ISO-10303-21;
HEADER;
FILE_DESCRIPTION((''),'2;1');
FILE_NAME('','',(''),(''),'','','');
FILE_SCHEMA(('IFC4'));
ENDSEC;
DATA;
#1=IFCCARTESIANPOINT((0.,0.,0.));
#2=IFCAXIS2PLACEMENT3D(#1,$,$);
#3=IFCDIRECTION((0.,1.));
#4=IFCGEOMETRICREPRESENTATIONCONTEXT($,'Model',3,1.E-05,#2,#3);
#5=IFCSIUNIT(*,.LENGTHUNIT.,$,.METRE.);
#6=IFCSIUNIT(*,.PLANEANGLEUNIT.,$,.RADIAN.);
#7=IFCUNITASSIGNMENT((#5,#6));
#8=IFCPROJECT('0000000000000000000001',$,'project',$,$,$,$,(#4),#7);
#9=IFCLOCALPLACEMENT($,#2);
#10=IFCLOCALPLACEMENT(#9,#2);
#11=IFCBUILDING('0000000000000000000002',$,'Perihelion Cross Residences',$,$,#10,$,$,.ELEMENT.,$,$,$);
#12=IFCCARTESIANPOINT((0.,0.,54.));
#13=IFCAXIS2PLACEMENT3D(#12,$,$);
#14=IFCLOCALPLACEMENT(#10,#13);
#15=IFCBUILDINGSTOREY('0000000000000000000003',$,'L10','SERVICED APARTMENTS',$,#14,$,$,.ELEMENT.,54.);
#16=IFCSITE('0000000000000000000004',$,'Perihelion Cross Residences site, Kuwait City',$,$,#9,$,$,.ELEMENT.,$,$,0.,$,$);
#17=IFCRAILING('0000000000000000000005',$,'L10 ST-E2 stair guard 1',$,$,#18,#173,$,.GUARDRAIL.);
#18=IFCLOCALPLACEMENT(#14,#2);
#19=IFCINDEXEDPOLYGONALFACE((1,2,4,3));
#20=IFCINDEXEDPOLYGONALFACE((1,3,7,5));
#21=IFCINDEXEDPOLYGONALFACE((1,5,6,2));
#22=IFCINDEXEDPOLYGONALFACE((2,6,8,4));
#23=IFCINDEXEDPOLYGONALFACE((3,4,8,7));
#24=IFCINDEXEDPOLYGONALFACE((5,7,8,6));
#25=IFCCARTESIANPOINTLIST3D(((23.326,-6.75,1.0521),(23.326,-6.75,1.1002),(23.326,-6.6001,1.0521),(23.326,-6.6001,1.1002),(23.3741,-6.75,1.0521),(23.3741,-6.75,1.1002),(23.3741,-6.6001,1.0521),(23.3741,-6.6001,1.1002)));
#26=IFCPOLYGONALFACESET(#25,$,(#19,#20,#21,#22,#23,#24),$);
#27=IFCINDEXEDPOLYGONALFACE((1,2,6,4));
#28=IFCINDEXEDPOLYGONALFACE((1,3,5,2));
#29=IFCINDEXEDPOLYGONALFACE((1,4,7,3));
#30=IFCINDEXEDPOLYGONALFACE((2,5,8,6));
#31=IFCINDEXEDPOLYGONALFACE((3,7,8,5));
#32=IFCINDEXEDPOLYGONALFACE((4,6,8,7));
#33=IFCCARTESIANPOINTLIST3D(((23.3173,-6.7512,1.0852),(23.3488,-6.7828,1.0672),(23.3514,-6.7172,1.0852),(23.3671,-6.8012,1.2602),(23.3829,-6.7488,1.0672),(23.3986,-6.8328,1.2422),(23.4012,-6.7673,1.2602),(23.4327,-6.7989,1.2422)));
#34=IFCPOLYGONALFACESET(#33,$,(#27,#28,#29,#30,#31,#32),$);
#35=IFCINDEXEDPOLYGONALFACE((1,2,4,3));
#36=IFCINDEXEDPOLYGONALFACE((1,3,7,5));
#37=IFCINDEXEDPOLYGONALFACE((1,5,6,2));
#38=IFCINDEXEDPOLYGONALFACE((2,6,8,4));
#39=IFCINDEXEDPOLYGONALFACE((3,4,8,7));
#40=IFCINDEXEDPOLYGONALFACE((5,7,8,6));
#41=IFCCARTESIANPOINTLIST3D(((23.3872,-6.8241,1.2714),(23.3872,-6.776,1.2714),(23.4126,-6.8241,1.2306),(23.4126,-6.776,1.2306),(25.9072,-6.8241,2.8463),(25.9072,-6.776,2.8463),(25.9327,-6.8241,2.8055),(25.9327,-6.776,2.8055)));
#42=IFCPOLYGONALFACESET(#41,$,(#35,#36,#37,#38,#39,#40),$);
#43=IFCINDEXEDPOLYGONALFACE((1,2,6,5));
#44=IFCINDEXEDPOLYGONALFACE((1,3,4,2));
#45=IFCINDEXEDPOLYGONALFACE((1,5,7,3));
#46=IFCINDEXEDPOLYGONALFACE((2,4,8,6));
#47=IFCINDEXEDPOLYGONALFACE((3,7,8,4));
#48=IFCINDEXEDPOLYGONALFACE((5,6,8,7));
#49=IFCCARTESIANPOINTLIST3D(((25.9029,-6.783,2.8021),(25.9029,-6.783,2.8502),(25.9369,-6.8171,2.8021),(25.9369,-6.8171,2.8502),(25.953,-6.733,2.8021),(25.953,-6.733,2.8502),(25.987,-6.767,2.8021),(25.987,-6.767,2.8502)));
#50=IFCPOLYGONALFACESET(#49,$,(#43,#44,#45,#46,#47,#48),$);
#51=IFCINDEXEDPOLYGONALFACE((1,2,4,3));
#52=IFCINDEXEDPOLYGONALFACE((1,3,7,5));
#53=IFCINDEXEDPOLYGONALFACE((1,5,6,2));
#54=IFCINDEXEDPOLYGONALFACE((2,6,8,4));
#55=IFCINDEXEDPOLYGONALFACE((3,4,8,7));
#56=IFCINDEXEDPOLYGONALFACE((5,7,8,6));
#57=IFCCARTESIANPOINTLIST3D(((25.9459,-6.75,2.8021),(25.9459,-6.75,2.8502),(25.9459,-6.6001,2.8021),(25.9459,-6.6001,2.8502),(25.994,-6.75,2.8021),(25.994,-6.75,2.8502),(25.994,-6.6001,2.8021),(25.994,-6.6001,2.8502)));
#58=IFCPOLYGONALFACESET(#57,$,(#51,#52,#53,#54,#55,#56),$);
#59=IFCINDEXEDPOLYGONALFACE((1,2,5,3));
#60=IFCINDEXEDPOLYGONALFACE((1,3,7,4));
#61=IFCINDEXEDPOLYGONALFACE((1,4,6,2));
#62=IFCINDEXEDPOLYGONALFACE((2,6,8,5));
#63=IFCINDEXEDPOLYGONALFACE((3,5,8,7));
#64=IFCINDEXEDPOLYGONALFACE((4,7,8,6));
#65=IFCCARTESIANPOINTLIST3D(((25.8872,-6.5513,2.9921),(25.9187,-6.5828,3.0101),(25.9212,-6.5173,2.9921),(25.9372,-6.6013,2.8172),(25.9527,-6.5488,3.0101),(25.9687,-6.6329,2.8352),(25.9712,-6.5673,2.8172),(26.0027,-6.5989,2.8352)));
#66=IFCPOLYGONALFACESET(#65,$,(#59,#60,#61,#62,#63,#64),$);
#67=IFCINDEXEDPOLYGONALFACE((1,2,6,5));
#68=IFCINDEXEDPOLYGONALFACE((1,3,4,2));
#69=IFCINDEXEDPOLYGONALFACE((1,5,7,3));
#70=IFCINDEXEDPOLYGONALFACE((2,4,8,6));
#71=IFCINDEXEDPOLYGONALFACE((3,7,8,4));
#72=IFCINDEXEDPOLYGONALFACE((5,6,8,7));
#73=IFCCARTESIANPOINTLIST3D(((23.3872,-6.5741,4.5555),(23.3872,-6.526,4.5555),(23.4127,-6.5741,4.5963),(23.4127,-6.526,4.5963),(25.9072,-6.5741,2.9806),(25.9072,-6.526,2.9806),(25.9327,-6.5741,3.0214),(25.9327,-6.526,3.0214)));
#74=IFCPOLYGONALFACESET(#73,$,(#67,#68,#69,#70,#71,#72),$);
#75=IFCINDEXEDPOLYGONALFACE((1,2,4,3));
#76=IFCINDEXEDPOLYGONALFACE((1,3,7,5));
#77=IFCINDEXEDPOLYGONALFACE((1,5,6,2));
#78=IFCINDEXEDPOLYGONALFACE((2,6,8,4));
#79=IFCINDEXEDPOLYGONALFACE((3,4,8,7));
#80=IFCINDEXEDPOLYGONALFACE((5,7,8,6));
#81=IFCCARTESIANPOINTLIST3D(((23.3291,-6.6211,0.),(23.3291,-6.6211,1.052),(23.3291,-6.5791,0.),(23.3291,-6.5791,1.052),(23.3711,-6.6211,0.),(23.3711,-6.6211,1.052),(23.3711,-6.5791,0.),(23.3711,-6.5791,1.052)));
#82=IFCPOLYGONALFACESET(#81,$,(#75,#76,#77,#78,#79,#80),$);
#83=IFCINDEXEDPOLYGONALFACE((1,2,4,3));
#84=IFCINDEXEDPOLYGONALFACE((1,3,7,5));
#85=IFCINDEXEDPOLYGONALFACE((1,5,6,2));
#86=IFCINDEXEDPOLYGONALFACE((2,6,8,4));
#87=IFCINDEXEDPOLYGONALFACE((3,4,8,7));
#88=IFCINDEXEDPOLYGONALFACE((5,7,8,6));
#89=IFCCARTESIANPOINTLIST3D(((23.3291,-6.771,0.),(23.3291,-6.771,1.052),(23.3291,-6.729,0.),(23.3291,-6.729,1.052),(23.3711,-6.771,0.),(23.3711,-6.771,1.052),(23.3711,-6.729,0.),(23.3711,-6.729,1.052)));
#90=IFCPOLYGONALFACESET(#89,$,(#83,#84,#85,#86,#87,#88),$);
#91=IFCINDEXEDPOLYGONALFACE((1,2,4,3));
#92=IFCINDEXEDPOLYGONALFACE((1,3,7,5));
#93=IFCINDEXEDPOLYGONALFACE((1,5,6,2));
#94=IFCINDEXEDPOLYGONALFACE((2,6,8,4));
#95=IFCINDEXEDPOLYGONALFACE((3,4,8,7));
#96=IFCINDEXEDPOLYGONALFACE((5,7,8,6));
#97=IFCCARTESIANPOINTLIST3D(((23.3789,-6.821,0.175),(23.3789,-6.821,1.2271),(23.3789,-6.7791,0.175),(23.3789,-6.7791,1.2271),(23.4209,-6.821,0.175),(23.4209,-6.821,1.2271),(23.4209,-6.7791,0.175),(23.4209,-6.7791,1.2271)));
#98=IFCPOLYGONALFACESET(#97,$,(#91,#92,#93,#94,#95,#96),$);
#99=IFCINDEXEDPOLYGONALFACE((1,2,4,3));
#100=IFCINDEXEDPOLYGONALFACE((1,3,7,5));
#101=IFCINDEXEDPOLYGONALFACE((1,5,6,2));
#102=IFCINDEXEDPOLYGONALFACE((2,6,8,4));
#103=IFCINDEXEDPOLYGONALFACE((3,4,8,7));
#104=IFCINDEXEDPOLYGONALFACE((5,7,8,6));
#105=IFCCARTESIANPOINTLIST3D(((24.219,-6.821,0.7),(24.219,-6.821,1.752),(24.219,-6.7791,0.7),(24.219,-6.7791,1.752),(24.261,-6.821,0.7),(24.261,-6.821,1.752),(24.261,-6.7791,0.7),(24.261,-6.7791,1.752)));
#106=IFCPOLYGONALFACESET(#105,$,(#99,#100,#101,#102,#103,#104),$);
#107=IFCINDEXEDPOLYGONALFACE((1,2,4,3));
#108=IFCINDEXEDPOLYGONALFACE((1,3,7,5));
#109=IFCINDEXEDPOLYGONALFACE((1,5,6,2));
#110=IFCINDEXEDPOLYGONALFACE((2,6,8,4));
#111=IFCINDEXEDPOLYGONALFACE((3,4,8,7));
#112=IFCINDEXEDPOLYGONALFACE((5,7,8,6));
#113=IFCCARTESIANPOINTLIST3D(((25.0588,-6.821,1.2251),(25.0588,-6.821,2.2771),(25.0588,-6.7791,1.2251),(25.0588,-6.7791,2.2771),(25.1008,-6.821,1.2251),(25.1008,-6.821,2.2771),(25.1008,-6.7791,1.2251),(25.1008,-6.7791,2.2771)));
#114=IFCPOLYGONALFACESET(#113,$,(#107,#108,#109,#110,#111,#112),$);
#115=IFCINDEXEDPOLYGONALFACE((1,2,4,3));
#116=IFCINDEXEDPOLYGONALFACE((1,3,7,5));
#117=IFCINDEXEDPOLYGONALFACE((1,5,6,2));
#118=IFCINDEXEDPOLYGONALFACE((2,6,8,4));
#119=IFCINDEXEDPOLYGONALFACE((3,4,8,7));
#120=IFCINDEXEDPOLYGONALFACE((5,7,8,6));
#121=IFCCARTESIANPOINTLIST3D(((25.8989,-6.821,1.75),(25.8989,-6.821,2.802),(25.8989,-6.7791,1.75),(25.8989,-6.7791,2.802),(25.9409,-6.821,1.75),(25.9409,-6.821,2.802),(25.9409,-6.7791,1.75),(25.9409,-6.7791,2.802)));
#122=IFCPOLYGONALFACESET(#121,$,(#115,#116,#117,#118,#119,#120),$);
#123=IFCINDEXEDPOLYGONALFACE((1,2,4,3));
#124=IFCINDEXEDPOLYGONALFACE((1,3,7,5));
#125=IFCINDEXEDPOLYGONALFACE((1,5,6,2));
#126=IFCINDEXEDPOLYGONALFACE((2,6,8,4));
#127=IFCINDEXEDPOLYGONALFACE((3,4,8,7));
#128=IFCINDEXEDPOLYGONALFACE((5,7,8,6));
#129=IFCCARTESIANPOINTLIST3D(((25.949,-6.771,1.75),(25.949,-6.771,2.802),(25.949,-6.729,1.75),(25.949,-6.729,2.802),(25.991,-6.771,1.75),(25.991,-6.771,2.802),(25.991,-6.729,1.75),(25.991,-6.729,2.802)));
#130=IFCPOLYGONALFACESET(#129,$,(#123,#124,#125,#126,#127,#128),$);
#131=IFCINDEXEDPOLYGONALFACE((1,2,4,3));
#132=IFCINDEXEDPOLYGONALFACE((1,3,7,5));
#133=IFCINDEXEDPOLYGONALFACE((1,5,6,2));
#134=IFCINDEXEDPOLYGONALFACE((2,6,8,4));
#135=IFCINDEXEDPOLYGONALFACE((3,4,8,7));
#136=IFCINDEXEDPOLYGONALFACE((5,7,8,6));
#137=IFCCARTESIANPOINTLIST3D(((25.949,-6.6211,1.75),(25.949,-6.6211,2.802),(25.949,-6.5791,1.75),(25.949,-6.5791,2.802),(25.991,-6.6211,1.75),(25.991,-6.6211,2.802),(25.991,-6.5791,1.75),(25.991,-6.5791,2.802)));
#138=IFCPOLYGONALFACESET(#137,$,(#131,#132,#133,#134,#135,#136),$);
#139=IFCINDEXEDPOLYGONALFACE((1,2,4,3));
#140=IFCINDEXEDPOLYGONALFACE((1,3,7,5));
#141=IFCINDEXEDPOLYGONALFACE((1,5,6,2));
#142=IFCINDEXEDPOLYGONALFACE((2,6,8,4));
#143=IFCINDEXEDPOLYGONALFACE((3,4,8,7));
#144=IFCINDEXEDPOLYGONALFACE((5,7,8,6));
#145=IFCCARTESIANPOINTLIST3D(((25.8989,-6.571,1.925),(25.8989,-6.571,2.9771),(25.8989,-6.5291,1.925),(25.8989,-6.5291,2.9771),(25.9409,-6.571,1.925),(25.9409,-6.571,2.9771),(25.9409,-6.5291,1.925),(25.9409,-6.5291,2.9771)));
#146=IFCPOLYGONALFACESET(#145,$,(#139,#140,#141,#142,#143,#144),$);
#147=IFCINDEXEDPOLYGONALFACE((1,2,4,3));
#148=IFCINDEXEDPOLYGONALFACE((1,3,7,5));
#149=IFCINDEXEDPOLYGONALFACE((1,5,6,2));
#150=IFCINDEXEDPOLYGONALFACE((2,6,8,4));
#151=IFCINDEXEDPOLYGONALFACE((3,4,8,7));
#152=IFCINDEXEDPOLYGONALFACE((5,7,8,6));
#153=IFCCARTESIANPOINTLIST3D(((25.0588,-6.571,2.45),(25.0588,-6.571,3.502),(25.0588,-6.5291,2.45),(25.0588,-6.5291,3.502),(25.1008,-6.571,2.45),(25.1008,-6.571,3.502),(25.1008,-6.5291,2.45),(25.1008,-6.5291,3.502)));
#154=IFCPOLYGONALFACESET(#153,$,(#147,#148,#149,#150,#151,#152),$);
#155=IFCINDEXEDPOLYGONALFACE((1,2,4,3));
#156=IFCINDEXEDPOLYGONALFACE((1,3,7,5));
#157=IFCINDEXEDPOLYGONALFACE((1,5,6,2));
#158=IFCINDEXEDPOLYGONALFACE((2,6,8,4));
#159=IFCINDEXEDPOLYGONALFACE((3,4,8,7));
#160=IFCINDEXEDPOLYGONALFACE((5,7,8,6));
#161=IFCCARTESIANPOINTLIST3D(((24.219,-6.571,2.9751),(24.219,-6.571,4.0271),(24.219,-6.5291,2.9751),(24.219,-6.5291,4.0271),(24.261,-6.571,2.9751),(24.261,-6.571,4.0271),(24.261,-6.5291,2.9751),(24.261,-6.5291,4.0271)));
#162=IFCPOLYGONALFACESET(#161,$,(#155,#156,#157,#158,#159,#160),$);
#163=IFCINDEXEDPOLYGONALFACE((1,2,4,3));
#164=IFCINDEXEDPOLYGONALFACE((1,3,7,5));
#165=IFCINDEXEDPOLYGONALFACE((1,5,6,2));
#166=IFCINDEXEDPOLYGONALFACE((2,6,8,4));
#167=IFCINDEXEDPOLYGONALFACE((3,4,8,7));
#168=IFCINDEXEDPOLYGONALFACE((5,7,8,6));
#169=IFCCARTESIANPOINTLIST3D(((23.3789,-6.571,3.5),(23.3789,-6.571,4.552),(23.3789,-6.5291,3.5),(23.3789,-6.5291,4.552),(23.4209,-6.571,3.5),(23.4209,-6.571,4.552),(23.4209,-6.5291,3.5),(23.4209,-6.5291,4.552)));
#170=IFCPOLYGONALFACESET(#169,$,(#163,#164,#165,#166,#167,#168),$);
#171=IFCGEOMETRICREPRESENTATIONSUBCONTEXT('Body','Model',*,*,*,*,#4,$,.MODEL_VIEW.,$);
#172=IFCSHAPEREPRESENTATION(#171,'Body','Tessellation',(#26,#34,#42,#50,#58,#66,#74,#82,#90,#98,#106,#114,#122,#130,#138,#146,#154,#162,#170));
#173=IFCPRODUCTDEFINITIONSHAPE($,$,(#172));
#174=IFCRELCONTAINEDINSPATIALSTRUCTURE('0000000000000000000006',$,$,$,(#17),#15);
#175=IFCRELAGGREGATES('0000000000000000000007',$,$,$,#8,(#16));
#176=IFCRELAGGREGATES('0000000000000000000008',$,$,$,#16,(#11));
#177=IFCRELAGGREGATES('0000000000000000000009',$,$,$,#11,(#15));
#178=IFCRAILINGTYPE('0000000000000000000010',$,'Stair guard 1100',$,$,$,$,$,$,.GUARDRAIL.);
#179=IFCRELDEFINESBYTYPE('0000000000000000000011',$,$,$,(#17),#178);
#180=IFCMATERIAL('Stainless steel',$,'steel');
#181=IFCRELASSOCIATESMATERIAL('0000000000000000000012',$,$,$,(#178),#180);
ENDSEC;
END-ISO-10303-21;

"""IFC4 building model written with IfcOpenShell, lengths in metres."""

from ifc_helpers import new_model, si_unit, direction, frame, origin, origin_2d, place, context, subcontext, project, spatial, rectangle, extrude, material, type_object, element, save


model = new_model("IFC4")

# Units and contexts
model_context = context("Model", 3, precision=1e-05, world=origin(), true_north=direction((0.0, 1.0)))
body_context = subcontext(model_context, "Body", "Model", "MODEL_VIEW")
ifc_project = project(units=[si_unit("LENGTHUNIT", "METRE"), si_unit("PLANEANGLEUNIT", "RADIAN")], contexts=[model_context])

# Site, building, storey
site_placement = place(None, origin())
site = spatial("IfcSite", under=ifc_project, at=site_placement, Name="Perihelion Cross Residences site, Kuwait City", CompositionType="ELEMENT", RefElevation=0.0)
building_placement = place(site_placement, origin())
building = spatial("IfcBuilding", under=site, at=building_placement, Name="Perihelion Cross Residences", CompositionType="ELEMENT")
storey_placement = place(building_placement, frame((0.0, 0.0, 54.0)))
storey = spatial("IfcBuildingStorey", under=building, at=storey_placement, Name="L10", Description="SERVICED APARTMENTS", CompositionType="ELEMENT", Elevation=54.0)

# Railing
ifc_material_1 = material(Name="Stainless steel", Category="steel")
railing_type_1 = type_object("IfcRailingType", Name="Stair guard 1100", PredefinedType="GUARDRAIL", material=ifc_material_1)
railing_1_placement = place(storey_placement, frame((23.3501, -6.6001, 0.0)))
element("IfcRailing", 1, at=railing_1_placement, inside=storey, type_object=railing_type_1, Name="L10 ST-E2 stair guard 1", PredefinedType="GUARDRAIL", context=body_context, shape_type="SweptSolid", body=[
    extrude(rectangle(XDim=0.0481, YDim=0.0481, at=origin_2d()), frame((0.0, 0.0, 1.0762), z_axis=(0.0, -1.0, 0.0), x_axis=(1.0, 0.0, 0.0)), (0.0, 0.0, 1.0), 0.1499),
    extrude(rectangle(XDim=0.0481, YDim=0.0481, at=origin_2d()), frame((0.0, -0.1499, 1.0762), z_axis=(0.263862, -0.265156, 0.927399), x_axis=(0.708834, 0.705376, 0.0)), (0.0, 0.0, 1.0), 0.1887),
    extrude(rectangle(XDim=0.0481, YDim=0.0481, at=origin_2d()), frame((0.0498, -0.2, 1.251), z_axis=(0.848008, 0.0, 0.529984), x_axis=(0.0, 1.0, 0.0)), (0.0, 0.0, 1.0), 2.9717),
    extrude(rectangle(XDim=0.0481, YDim=0.0481, at=origin_2d()), frame((2.5698, -0.2, 2.8262), z_axis=(0.707107, 0.707107, 0.0), x_axis=(-0.707107, 0.707107, 0.0)), (0.0, 0.0, 1.0), 0.0708),
    extrude(rectangle(XDim=0.0481, YDim=0.0481, at=origin_2d()), frame((2.6199, -0.1499, 2.8262), z_axis=(0.0, 1.0, 0.0), x_axis=(-1.0, 0.0, 0.0)), (0.0, 0.0, 1.0), 0.1499),
    extrude(rectangle(XDim=0.0481, YDim=0.0481, at=origin_2d()), frame((2.6199, 0.0, 2.8262), z_axis=(-0.265065, 0.265065, 0.927082), x_axis=(-0.707107, -0.707107, 0.0)), (0.0, 0.0, 1.0), 0.1887),
    extrude(rectangle(XDim=0.0481, YDim=0.0481, at=origin_2d()), frame((2.5698, 0.05, 3.001), z_axis=(-0.848008, 0.0, 0.529984), x_axis=(0.0, -1.0, 0.0)), (0.0, 0.0, 1.0), 2.9717),
    extrude(rectangle(XDim=0.042, YDim=0.042, at=origin_2d()), origin(), (0.0, 0.0, 1.0), 1.052),
    extrude(rectangle(XDim=0.042, YDim=0.042, at=origin_2d()), frame((0.0, -0.1499, 0.0)), (0.0, 0.0, 1.0), 1.052),
    extrude(rectangle(XDim=0.042, YDim=0.042, at=origin_2d()), frame((0.0498, -0.2, 0.175)), (0.0, 0.0, 1.0), 1.052),
    extrude(rectangle(XDim=0.042, YDim=0.042, at=origin_2d()), frame((0.8899, -0.2, 0.7)), (0.0, 0.0, 1.0), 1.052),
    extrude(rectangle(XDim=0.042, YDim=0.042, at=origin_2d()), frame((1.7297, -0.2, 1.2251)), (0.0, 0.0, 1.0), 1.052),
    extrude(rectangle(XDim=0.042, YDim=0.042, at=origin_2d()), frame((2.5698, -0.2, 1.75)), (0.0, 0.0, 1.0), 1.052),
    extrude(rectangle(XDim=0.042, YDim=0.042, at=origin_2d()), frame((2.6199, -0.1499, 1.75)), (0.0, 0.0, 1.0), 1.052),
    extrude(rectangle(XDim=0.042, YDim=0.042, at=origin_2d()), frame((2.6199, 0.0, 1.75)), (0.0, 0.0, 1.0), 1.052),
    extrude(rectangle(XDim=0.042, YDim=0.042, at=origin_2d()), frame((2.5698, 0.05, 1.925)), (0.0, 0.0, 1.0), 1.052),
    extrude(rectangle(XDim=0.042, YDim=0.042, at=origin_2d()), frame((1.7297, 0.05, 2.45)), (0.0, 0.0, 1.0), 1.052),
    extrude(rectangle(XDim=0.042, YDim=0.042, at=origin_2d()), frame((0.8899, 0.05, 2.9751)), (0.0, 0.0, 1.0), 1.052),
    extrude(rectangle(XDim=0.042, YDim=0.042, at=origin_2d()), frame((0.0498, 0.05, 3.5)), (0.0, 0.0, 1.0), 1.052),
])

save(model, "model.ifc")
